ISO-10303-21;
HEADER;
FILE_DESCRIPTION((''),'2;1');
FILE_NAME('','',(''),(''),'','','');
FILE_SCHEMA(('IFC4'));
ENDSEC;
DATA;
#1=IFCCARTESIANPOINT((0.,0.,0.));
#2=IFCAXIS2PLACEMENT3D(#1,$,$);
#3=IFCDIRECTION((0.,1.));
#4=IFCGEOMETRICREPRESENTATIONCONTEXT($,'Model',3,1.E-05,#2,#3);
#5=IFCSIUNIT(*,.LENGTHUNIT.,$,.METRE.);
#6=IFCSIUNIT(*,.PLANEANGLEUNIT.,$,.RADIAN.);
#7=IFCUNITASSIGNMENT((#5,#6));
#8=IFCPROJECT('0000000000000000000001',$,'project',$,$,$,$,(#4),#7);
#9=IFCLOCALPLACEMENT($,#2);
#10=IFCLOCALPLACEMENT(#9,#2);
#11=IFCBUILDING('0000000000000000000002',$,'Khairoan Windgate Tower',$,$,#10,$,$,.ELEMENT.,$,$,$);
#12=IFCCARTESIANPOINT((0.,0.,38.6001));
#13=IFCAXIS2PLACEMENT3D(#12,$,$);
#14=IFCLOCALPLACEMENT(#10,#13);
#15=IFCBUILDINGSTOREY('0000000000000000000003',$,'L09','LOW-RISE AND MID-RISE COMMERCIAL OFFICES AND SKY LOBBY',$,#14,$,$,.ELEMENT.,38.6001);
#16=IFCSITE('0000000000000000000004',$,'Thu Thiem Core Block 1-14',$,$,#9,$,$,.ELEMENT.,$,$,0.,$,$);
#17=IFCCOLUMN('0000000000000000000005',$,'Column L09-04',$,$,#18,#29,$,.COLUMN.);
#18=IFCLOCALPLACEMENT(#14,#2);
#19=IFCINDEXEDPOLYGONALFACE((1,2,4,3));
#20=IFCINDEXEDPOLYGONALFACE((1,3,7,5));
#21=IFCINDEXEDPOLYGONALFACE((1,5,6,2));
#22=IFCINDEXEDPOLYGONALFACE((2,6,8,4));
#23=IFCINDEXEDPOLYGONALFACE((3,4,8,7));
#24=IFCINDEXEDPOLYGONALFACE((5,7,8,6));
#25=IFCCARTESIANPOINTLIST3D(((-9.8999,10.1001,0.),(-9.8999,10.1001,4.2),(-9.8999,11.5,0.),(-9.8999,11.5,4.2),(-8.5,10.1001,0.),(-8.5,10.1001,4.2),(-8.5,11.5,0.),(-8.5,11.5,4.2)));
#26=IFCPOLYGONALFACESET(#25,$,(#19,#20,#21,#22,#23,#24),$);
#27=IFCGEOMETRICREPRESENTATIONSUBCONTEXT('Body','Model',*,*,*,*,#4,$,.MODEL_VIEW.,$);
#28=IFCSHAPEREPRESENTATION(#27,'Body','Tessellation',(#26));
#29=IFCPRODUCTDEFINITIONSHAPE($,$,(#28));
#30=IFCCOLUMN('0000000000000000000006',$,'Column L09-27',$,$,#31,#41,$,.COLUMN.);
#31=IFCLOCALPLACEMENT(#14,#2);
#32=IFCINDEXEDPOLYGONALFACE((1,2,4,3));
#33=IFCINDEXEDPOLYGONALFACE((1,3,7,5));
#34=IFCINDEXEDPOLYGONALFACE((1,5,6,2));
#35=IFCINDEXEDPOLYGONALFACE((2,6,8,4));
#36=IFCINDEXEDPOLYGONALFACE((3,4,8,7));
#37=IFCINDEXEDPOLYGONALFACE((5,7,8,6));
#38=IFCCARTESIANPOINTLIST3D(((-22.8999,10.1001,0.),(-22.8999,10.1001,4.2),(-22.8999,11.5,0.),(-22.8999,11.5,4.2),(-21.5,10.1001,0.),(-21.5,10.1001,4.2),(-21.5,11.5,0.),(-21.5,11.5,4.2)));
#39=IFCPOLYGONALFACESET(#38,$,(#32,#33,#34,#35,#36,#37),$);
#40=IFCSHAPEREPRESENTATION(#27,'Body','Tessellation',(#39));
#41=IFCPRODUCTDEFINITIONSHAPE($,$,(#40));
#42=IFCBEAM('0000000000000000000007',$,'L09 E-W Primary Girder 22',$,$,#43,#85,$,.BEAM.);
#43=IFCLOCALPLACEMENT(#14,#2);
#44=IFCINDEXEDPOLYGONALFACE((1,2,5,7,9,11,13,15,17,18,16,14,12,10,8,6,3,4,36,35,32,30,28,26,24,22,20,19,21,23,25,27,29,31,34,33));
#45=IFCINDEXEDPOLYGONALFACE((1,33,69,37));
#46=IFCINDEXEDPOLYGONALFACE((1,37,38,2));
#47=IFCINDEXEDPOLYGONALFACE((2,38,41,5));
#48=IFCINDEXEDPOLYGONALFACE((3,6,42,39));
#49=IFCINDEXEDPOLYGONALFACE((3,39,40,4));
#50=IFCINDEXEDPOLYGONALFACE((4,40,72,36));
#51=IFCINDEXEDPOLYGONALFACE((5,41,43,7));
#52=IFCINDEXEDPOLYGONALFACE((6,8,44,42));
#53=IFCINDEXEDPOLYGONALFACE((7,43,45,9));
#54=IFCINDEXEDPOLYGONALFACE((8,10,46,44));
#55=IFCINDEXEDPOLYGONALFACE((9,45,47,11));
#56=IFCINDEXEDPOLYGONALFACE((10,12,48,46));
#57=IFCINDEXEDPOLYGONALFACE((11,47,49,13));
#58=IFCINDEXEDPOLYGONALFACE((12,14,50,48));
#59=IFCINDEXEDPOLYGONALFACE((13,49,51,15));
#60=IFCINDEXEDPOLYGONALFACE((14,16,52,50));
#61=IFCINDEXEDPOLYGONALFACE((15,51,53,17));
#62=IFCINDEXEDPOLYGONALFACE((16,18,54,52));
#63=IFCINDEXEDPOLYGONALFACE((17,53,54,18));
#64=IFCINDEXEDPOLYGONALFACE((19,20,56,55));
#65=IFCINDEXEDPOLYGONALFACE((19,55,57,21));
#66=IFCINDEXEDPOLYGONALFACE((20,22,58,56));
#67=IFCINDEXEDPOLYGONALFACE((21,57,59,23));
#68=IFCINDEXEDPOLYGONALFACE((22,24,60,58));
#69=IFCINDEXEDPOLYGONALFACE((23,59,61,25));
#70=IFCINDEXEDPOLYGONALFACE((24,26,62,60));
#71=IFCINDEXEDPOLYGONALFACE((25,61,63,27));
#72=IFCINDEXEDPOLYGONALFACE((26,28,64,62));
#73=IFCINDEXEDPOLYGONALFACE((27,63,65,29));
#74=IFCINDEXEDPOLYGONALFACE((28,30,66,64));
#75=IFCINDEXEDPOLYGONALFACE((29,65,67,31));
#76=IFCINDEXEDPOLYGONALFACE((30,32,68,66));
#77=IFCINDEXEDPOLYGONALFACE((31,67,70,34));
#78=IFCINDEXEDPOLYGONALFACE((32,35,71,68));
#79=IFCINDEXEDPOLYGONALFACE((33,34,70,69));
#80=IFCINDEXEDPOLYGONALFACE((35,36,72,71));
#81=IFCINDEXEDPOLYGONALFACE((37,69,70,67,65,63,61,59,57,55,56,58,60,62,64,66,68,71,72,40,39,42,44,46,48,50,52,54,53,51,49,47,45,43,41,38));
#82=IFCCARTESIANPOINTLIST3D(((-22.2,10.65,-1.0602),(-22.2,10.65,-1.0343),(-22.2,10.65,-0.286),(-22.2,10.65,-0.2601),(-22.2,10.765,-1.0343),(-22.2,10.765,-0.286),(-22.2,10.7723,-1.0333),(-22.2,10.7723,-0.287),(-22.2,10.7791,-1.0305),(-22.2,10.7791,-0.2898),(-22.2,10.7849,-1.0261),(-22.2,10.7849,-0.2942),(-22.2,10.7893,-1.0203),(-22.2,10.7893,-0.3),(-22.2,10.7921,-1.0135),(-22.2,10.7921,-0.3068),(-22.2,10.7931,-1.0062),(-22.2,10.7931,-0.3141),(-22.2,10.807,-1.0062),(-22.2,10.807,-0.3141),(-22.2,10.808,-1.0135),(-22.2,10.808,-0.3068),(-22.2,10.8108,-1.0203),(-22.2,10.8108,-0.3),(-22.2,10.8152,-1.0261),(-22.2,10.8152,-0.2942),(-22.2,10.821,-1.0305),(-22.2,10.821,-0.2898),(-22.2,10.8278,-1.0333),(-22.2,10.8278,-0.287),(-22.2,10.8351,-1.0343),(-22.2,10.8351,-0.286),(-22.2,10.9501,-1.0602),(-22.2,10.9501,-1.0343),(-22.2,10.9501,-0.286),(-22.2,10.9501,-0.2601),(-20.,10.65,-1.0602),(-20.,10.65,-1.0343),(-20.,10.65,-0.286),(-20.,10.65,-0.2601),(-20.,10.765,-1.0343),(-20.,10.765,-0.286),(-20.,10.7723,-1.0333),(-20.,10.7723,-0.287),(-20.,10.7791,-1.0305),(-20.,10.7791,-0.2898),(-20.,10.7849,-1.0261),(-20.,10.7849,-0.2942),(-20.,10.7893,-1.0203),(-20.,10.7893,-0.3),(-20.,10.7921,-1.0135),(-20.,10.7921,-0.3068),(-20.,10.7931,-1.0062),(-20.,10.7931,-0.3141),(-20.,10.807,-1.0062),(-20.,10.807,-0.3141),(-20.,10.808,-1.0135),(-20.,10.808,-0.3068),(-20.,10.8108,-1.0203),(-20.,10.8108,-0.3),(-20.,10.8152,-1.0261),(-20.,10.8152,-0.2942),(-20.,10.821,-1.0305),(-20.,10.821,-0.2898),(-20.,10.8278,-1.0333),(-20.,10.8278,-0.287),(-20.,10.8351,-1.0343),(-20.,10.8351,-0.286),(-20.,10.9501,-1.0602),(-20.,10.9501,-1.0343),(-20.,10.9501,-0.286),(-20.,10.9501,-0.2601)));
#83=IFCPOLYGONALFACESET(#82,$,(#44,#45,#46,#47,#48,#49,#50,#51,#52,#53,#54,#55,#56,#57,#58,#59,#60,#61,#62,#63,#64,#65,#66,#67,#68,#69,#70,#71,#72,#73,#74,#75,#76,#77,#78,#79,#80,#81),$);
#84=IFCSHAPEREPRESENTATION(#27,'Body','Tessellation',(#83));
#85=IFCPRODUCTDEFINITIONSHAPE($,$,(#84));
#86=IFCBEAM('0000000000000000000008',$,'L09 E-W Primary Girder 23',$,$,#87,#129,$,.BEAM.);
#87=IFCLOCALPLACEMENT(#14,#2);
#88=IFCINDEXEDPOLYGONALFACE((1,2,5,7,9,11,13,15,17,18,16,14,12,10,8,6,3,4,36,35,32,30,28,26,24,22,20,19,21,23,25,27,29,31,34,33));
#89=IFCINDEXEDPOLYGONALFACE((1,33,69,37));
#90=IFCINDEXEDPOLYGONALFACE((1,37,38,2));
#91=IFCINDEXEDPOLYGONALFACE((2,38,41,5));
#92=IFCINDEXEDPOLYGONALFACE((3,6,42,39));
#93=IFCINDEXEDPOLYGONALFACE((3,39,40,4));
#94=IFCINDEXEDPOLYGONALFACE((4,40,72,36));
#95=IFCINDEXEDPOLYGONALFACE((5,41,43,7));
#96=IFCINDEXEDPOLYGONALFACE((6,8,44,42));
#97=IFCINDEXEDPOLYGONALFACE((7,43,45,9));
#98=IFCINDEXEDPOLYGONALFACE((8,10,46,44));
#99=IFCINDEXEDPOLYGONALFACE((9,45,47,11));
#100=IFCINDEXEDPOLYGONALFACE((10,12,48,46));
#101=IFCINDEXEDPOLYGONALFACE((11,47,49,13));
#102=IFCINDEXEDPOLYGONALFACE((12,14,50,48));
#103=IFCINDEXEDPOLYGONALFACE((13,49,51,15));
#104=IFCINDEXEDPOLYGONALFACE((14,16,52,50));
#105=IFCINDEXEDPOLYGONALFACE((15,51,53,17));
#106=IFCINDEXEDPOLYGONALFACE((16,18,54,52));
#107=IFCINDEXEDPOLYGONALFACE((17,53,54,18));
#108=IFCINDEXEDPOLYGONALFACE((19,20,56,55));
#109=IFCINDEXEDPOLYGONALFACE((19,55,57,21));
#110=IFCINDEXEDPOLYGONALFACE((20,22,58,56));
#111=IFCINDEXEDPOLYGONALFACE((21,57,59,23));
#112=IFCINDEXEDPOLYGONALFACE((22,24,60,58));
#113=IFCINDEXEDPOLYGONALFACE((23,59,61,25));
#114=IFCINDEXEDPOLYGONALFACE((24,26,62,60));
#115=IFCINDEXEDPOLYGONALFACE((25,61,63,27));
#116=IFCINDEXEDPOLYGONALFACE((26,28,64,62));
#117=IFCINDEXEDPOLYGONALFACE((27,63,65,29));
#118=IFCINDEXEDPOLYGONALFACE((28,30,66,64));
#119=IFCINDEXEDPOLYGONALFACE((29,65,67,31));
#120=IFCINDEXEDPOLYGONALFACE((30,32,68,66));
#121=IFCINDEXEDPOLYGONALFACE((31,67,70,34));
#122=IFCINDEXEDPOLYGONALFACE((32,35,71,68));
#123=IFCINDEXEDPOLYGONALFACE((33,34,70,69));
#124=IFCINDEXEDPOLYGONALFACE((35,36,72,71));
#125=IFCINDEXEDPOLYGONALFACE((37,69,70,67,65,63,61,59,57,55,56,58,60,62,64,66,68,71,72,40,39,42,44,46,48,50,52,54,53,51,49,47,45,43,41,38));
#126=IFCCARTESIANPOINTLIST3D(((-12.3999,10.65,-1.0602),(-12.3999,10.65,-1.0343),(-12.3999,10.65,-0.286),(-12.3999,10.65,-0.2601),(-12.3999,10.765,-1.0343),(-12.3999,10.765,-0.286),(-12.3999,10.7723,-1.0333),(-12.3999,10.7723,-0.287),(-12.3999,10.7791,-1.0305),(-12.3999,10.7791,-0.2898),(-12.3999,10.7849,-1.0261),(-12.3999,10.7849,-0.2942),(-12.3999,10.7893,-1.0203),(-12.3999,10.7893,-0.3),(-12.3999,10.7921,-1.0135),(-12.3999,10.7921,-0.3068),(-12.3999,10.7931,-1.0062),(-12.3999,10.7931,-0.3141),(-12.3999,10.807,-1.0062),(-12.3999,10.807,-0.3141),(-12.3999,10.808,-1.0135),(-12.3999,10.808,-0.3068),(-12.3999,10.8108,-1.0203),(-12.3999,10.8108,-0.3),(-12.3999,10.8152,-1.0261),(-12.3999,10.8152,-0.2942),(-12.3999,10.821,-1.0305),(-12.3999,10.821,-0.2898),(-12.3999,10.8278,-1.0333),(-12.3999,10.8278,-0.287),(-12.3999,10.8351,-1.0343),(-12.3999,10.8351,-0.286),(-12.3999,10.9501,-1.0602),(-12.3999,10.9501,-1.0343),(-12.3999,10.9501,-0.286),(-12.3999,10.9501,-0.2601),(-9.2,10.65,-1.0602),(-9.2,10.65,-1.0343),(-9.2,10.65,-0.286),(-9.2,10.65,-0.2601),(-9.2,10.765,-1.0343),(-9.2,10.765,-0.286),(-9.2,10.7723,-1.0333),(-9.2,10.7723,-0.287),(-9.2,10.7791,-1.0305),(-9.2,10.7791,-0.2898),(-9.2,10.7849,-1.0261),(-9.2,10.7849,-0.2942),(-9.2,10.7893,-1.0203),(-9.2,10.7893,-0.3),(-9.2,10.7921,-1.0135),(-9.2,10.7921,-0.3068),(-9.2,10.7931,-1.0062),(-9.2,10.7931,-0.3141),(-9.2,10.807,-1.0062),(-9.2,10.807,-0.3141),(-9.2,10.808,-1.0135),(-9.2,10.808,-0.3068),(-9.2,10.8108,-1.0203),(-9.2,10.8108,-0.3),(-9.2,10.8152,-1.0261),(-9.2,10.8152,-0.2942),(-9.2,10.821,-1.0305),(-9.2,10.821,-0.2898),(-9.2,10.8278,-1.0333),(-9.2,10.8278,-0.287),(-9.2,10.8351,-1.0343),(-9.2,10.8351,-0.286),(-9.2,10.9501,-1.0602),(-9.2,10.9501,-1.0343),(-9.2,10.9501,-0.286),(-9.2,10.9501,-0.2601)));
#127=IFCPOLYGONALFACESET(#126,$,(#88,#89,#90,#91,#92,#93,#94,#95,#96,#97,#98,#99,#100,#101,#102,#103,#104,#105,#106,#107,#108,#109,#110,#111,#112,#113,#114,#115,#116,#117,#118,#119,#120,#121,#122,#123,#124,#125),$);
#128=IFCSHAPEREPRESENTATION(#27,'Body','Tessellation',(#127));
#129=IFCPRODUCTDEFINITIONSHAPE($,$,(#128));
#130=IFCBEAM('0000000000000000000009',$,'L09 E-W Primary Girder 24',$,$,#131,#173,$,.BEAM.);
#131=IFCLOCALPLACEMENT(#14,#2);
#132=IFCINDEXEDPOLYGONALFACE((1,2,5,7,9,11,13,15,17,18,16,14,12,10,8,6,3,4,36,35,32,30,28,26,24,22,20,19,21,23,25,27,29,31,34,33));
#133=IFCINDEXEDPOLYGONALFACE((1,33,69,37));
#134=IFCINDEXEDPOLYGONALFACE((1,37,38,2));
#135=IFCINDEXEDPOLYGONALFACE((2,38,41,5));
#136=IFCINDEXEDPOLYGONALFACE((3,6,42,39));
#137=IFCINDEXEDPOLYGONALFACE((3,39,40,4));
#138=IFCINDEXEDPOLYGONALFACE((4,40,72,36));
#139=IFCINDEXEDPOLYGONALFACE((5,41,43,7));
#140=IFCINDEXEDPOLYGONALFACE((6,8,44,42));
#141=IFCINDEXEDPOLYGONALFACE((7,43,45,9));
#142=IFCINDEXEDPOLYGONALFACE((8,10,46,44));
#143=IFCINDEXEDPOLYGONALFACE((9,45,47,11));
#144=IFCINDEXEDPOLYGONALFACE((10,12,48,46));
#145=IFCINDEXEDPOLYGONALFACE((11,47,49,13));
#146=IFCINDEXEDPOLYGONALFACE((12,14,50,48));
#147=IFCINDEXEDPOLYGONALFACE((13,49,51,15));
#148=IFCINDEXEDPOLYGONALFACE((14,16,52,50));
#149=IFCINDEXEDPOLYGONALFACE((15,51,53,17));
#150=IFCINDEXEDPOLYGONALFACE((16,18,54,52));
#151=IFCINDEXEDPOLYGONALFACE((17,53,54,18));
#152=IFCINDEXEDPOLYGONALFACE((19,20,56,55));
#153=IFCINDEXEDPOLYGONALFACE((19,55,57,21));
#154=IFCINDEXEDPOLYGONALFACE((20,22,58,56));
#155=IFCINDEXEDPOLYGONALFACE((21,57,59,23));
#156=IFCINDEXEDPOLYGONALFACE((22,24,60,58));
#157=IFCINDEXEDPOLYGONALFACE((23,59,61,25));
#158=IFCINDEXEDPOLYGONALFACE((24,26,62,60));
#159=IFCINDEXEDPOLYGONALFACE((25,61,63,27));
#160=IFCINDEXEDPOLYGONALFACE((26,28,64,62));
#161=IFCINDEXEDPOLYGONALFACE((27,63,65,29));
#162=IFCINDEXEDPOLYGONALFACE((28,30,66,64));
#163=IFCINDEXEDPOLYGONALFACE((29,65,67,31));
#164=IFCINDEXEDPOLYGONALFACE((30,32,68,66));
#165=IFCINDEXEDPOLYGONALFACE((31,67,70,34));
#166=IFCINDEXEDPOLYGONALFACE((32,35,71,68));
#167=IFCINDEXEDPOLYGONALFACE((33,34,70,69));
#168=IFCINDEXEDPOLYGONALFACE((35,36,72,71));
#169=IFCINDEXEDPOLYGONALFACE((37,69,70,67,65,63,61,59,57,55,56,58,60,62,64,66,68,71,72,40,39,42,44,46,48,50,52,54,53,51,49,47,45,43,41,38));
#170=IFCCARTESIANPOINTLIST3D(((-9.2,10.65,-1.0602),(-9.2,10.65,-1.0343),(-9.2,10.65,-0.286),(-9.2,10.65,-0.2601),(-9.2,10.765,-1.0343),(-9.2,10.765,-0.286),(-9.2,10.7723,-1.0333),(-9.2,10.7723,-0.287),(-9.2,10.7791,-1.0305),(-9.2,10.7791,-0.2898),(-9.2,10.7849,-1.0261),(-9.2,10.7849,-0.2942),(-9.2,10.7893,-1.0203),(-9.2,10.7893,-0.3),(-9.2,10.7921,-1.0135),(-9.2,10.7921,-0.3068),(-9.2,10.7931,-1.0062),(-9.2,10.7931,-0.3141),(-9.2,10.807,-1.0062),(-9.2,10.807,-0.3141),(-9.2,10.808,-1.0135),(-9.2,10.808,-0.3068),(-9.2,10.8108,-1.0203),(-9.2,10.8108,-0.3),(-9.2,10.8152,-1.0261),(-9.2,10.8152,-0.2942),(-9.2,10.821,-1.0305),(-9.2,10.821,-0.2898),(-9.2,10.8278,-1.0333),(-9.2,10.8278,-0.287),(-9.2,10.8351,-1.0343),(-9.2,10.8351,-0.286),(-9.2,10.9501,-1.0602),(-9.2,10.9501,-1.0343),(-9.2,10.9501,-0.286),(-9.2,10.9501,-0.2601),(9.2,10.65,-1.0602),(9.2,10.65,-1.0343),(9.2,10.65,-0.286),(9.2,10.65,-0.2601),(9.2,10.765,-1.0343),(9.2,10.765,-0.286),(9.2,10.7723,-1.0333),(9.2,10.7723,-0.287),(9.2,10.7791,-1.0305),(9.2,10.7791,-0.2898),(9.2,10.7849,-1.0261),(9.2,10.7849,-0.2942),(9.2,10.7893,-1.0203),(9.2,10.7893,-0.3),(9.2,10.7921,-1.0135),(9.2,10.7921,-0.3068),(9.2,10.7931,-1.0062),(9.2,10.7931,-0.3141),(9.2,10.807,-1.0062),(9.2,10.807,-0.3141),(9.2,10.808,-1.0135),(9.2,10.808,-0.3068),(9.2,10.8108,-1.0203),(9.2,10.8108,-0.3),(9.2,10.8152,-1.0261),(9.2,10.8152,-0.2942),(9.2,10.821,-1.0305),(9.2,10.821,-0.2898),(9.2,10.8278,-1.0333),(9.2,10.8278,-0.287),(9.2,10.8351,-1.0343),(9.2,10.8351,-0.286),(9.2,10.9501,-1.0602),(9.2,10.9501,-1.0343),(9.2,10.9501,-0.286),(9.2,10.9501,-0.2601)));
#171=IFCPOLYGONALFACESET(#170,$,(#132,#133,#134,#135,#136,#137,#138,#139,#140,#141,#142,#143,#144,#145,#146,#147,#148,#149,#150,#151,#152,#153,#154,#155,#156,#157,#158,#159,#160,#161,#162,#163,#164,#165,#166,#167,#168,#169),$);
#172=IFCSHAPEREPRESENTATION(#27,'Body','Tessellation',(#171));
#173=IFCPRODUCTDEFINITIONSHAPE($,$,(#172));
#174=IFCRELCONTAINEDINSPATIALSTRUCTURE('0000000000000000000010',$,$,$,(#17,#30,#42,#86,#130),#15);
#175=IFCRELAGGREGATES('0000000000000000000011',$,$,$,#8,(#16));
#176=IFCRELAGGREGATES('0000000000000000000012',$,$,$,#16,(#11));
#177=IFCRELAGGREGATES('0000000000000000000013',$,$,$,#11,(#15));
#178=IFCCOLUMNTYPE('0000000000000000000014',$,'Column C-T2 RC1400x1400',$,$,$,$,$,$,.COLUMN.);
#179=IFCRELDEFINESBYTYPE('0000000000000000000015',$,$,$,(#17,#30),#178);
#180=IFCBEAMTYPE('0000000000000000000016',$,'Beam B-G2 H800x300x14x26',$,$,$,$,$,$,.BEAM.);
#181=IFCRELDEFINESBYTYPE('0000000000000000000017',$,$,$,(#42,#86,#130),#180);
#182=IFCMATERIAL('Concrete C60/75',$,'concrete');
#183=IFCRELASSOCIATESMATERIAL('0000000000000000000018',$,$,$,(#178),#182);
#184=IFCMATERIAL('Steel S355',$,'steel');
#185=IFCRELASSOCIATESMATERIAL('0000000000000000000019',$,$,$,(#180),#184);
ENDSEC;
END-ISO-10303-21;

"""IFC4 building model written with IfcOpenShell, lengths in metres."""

from ifc_helpers import new_model, si_unit, direction, frame, origin, origin_2d, place, context, subcontext, project, spatial, rectangle, i_section, extrude, material, material_profile, profile_set, type_object, element, save


model = new_model("IFC4")

# Units and contexts
model_context = context("Model", 3, precision=1e-05, world=origin(), true_north=direction((0.0, 1.0)))
body_context = subcontext(model_context, "Body", "Model", "MODEL_VIEW")
ifc_project = project(units=[si_unit("LENGTHUNIT", "METRE"), si_unit("PLANEANGLEUNIT", "RADIAN")], contexts=[model_context])

# Site, building, storey
site_placement = place(None, origin())
site = spatial("IfcSite", under=ifc_project, at=site_placement, Name="Thu Thiem Core Block 1-14", CompositionType="ELEMENT", RefElevation=0.0)
building_placement = place(site_placement, origin())
building = spatial("IfcBuilding", under=site, at=building_placement, Name="Khairoan Windgate Tower", CompositionType="ELEMENT")
storey_placement = place(building_placement, frame((0.0, 0.0, 38.6001)))
storey = spatial("IfcBuildingStorey", under=building, at=storey_placement, Name="L09", Description="LOW-RISE AND MID-RISE COMMERCIAL OFFICES AND SKY LOBBY", CompositionType="ELEMENT", Elevation=38.6001)

# Columns
ifc_material_1 = material(Name="Concrete C60/75", Category="concrete")
ifc_material_profile_1 = material_profile(ifc_material_1, rectangle(XDim=1.3999, YDim=1.3999, at=origin_2d()))
ifc_profile_set_1 = profile_set([ifc_material_profile_1], Name="Concrete C60/75")
column_type = type_object("IfcColumnType", Name="Column C-T2 RC1400x1400", PredefinedType="COLUMN", material=ifc_profile_set_1)
for number, where, z_axis, x_axis, name in (
    (1, (-9.2, 10.8, 0.0), (0.0, 0.0, 1.0), (1.0, 0.0, 0.0), "Column L09-04"),
    (2, (-22.2, 10.8, 0.0), (0.0, 0.0, 1.0), (1.0, 0.0, 0.0), "Column L09-27"),
):
    element("IfcColumn", number, at=place(storey_placement, frame(where, z_axis=z_axis, x_axis=x_axis)), inside=storey, type_object=column_type, Name=name, PredefinedType="COLUMN", context=body_context, shape_type="SweptSolid", body=[
        extrude(rectangle(XDim=1.3999, YDim=1.3999, at=origin_2d()), origin(), (0.0, 0.0, 1.0), 4.2),
    ])

# Beams
ifc_material_2 = material(Name="Steel S355", Category="steel")
ifc_material_profile_2 = material_profile(ifc_material_2, i_section(OverallWidth=0.3, OverallDepth=0.8, WebThickness=0.0139, FlangeThickness=0.0259, FilletRadius=0.0281, at=origin_2d()))
ifc_profile_set_2 = profile_set([ifc_material_profile_2], Name="Steel S355")
beam_type_1 = type_object("IfcBeamType", Name="Beam B-G2 H800x300x14x26", PredefinedType="BEAM", material=ifc_profile_set_2)
beam_1_placement = place(storey_placement, frame((-22.2, 10.8, -0.6602), z_axis=(1.0, 0.0, 0.0), x_axis=(0.0, 1.0, 0.0)))
element("IfcBeam", 3, at=beam_1_placement, inside=storey, type_object=beam_type_1, Name="L09 E-W Primary Girder 22", PredefinedType="BEAM", context=body_context, shape_type="SweptSolid", body=[
    extrude(i_section(OverallWidth=0.3, OverallDepth=0.8, WebThickness=0.0139, FlangeThickness=0.0259, FilletRadius=0.0281, at=origin_2d()), origin(), (0.0, 0.0, 1.0), 2.2),
])
beam_2_placement = place(storey_placement, frame((-12.3999, 10.8, -0.6602), z_axis=(1.0, 0.0, 0.0), x_axis=(0.0, 1.0, 0.0)))
element("IfcBeam", 4, at=beam_2_placement, inside=storey, type_object=beam_type_1, Name="L09 E-W Primary Girder 23", PredefinedType="BEAM", context=body_context, shape_type="SweptSolid", body=[
    extrude(i_section(OverallWidth=0.3, OverallDepth=0.8, WebThickness=0.0139, FlangeThickness=0.0259, FilletRadius=0.0281, at=origin_2d()), origin(), (0.0, 0.0, 1.0), 3.2),
])
beam_3_placement = place(storey_placement, frame((-9.2, 10.8, -0.6602), z_axis=(1.0, 0.0, 0.0), x_axis=(0.0, 1.0, 0.0)))
element("IfcBeam", 5, at=beam_3_placement, inside=storey, type_object=beam_type_1, Name="L09 E-W Primary Girder 24", PredefinedType="BEAM", context=body_context, shape_type="SweptSolid", body=[
    extrude(i_section(OverallWidth=0.3, OverallDepth=0.8, WebThickness=0.0139, FlangeThickness=0.0259, FilletRadius=0.0281, at=origin_2d()), origin(), (0.0, 0.0, 1.0), 18.3999),
])

save(model, "model.ifc")
